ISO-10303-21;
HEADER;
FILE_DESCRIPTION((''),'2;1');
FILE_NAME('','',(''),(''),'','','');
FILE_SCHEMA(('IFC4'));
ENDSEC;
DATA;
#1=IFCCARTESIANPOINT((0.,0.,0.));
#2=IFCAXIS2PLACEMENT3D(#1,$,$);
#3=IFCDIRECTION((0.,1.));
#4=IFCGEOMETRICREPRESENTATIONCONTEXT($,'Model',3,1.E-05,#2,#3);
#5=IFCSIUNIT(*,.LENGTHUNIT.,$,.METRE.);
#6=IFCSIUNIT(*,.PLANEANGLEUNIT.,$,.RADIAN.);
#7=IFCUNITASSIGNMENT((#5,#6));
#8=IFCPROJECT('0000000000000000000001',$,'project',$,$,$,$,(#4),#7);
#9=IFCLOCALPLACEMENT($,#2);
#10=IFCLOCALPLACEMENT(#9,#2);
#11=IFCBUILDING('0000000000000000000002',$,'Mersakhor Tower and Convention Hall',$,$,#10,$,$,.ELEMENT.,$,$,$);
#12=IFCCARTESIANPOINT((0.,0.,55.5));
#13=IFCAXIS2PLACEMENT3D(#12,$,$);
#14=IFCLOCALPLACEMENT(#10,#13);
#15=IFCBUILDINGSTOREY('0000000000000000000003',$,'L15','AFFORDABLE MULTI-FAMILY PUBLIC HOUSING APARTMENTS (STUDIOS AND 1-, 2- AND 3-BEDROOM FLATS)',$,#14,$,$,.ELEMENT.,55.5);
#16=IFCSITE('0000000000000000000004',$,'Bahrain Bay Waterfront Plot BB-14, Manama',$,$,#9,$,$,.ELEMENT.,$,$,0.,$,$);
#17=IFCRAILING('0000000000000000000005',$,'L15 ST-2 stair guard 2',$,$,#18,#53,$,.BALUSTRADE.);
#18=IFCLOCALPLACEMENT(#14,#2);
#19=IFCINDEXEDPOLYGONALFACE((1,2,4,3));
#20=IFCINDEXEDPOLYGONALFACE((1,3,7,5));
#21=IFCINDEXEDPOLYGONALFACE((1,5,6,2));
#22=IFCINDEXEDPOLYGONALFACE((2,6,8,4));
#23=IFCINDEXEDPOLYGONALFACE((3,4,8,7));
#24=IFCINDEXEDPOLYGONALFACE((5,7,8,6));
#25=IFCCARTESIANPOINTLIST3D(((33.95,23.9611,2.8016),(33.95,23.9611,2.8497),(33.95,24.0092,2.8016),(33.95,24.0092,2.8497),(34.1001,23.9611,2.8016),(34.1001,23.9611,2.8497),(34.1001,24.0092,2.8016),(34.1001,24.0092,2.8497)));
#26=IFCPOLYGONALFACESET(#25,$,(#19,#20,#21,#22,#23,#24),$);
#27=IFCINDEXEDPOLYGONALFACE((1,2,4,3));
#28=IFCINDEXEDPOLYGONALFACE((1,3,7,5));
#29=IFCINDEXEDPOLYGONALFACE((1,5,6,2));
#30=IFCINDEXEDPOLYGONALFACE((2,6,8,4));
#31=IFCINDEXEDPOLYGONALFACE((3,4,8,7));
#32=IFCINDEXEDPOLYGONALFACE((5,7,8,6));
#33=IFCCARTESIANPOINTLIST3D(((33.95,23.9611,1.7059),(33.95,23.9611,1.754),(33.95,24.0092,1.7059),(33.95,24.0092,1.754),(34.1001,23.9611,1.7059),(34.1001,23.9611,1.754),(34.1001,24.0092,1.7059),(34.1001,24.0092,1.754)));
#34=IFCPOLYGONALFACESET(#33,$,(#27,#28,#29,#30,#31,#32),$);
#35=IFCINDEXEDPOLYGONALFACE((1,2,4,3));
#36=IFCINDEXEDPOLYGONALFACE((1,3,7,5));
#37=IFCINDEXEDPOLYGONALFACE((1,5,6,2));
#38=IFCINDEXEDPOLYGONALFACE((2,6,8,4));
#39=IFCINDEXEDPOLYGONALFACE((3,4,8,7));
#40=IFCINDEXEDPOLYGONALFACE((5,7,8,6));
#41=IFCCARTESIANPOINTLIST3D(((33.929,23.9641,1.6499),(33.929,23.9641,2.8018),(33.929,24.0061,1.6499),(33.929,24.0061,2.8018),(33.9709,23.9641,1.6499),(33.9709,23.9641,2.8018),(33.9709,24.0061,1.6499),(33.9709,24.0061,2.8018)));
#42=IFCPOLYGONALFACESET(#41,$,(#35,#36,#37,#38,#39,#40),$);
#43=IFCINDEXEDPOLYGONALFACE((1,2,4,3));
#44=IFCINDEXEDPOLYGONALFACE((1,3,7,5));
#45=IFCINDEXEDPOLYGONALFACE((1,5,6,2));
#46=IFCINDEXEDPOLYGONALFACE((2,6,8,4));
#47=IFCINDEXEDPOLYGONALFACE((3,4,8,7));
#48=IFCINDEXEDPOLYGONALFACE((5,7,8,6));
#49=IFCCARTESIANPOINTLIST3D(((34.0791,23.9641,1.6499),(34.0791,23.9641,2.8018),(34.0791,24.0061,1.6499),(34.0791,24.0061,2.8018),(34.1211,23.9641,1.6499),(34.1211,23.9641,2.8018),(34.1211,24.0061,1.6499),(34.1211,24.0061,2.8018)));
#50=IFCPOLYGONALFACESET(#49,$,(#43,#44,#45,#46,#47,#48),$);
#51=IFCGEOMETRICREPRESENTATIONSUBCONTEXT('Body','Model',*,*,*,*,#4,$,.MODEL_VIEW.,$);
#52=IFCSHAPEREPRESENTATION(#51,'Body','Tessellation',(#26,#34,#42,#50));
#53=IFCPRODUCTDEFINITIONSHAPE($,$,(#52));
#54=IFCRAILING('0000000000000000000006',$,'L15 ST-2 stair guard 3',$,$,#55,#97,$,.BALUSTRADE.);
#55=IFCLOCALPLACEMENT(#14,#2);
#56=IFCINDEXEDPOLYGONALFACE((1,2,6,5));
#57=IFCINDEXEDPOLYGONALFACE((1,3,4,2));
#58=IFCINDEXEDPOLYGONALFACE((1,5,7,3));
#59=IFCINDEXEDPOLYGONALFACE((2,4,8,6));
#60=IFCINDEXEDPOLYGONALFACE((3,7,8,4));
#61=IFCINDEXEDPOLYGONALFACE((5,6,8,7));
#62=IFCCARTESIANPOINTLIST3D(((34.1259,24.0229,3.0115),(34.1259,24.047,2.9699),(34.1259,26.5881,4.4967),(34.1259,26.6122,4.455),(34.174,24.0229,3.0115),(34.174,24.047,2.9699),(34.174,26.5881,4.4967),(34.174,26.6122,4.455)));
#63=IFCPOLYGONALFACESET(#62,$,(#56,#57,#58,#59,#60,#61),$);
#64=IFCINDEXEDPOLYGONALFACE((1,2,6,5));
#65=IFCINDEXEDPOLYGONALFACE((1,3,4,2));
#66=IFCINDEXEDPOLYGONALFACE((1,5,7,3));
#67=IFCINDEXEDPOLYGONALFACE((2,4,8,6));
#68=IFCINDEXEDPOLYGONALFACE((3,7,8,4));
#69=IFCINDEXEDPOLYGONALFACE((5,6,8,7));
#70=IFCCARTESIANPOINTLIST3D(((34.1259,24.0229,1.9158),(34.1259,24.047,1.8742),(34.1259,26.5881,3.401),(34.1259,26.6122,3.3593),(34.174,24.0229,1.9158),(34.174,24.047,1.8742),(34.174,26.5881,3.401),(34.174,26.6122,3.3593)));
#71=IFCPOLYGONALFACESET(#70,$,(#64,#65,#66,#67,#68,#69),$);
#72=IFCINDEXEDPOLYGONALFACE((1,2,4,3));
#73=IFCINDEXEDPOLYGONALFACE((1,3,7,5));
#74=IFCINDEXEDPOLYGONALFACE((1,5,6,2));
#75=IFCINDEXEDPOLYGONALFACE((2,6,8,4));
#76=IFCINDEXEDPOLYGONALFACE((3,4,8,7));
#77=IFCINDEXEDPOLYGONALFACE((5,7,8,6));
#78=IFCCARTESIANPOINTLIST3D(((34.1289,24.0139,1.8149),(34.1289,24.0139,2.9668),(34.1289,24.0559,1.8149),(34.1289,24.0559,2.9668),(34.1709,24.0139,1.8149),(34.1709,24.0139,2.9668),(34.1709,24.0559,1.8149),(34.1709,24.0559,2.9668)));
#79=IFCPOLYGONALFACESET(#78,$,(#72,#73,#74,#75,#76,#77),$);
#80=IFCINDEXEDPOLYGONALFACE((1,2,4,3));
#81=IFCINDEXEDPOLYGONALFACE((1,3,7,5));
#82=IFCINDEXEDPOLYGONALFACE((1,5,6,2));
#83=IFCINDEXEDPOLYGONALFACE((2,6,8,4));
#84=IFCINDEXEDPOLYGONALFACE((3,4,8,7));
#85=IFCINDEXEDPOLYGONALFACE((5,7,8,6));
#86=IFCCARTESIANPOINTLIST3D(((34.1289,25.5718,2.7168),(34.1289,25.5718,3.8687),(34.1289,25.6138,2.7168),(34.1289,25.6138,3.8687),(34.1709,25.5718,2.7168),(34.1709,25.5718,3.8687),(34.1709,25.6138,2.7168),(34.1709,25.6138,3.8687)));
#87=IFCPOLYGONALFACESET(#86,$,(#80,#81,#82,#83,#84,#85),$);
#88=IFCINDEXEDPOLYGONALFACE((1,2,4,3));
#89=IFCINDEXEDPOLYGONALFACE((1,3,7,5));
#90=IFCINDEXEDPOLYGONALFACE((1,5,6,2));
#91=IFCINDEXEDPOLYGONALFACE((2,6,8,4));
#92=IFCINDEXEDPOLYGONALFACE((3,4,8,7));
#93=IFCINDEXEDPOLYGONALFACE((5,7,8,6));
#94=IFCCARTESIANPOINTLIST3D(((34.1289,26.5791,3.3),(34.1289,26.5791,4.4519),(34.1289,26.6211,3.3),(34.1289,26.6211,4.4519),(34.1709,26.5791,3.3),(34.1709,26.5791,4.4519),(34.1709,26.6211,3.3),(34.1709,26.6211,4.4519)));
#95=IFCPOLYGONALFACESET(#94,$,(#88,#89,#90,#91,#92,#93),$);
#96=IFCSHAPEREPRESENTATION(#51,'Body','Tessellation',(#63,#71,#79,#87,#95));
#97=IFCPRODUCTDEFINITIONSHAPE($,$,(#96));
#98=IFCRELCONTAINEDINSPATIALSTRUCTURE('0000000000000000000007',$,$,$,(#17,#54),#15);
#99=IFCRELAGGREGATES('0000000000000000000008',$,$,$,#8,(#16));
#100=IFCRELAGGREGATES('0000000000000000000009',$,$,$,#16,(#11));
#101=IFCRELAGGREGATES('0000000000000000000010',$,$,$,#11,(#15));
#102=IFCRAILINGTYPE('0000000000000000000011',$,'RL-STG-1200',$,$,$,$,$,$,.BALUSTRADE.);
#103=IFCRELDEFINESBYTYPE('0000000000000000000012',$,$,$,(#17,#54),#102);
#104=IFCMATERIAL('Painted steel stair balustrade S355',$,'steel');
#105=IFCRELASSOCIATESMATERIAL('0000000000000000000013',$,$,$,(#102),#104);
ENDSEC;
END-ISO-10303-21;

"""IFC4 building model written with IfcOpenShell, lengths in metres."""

from ifc_helpers import new_model, si_unit, direction, frame, origin, origin_2d, place, context, subcontext, project, spatial, rectangle, extrude, material, type_object, element, save


model = new_model("IFC4")

# Units and contexts
model_context = context("Model", 3, precision=1e-05, world=origin(), true_north=direction((0.0, 1.0)))
body_context = subcontext(model_context, "Body", "Model", "MODEL_VIEW")
ifc_project = project(units=[si_unit("LENGTHUNIT", "METRE"), si_unit("PLANEANGLEUNIT", "RADIAN")], contexts=[model_context])

# Site, building, storey
site_placement = place(None, origin())
site = spatial("IfcSite", under=ifc_project, at=site_placement, Name="Bahrain Bay Waterfront Plot BB-14, Manama", CompositionType="ELEMENT", RefElevation=0.0)
building_placement = place(site_placement, origin())
building = spatial("IfcBuilding", under=site, at=building_placement, Name="Mersakhor Tower and Convention Hall", CompositionType="ELEMENT")
storey_placement = place(building_placement, frame((0.0, 0.0, 55.5)))
storey = spatial("IfcBuildingStorey", under=building, at=storey_placement, Name="L15", Description="AFFORDABLE MULTI-FAMILY PUBLIC HOUSING APARTMENTS (STUDIOS AND 1-, 2- AND 3-BEDROOM FLATS)", CompositionType="ELEMENT", Elevation=55.5)

# Railings
ifc_material_1 = material(Name="Painted steel stair balustrade S355", Category="steel")
railing_type_1 = type_object("IfcRailingType", Name="RL-STG-1200", PredefinedType="BALUSTRADE", material=ifc_material_1)
railing_1_placement = place(storey_placement, frame((33.95, 23.9851, 1.6499)))
element("IfcRailing", 1, at=railing_1_placement, inside=storey, type_object=railing_type_1, Name="L15 ST-2 stair guard 2", PredefinedType="BALUSTRADE", context=body_context, shape_type="SweptSolid", body=[
    extrude(rectangle(XDim=0.0481, YDim=0.0481, at=origin_2d()), frame((0.0, 0.0, 1.1758), z_axis=(1.0, 0.0, 0.0), x_axis=(0.0, 1.0, 0.0)), (0.0, 0.0, 1.0), 0.1501),
    extrude(rectangle(XDim=0.0481, YDim=0.0481, at=origin_2d()), frame((0.0, 0.0, 0.0801), z_axis=(1.0, 0.0, 0.0), x_axis=(0.0, 1.0, 0.0)), (0.0, 0.0, 1.0), 0.1501),
    extrude(rectangle(XDim=0.042, YDim=0.042, at=origin_2d()), origin(), (0.0, 0.0, 1.0), 1.1519),
    extrude(rectangle(XDim=0.042, YDim=0.042, at=origin_2d()), frame((0.1501, 0.0, 0.0)), (0.0, 0.0, 1.0), 1.1519),
])
railing_2_placement = place(storey_placement, frame((34.1499, 24.0349, 1.8149)))
element("IfcRailing", 2, at=railing_2_placement, inside=storey, type_object=railing_type_1, Name="L15 ST-2 stair guard 3", PredefinedType="BALUSTRADE", context=body_context, shape_type="SweptSolid", body=[
    extrude(rectangle(XDim=0.0481, YDim=0.0481, at=origin_2d()), frame((0.0, 0.0, 1.1758), z_axis=(0.0, 0.865426, 0.501036), x_axis=(-1.0, 0.0, 0.0)), (0.0, 0.0, 1.0), 2.9641),
    extrude(rectangle(XDim=0.0481, YDim=0.0481, at=origin_2d()), frame((0.0, 0.0, 0.0801), z_axis=(0.0, 0.865426, 0.501036), x_axis=(-1.0, 0.0, 0.0)), (0.0, 0.0, 1.0), 2.9641),
    extrude(rectangle(XDim=0.042, YDim=0.042, at=origin_2d()), origin(), (0.0, 0.0, 1.0), 1.1519),
    extrude(rectangle(XDim=0.042, YDim=0.042, at=origin_2d()), frame((0.0, 1.5579, 0.9019)), (0.0, 0.0, 1.0), 1.1519),
    extrude(rectangle(XDim=0.042, YDim=0.042, at=origin_2d()), frame((0.0, 2.5652, 1.4851)), (0.0, 0.0, 1.0), 1.1519),
])

save(model, "model.ifc")
